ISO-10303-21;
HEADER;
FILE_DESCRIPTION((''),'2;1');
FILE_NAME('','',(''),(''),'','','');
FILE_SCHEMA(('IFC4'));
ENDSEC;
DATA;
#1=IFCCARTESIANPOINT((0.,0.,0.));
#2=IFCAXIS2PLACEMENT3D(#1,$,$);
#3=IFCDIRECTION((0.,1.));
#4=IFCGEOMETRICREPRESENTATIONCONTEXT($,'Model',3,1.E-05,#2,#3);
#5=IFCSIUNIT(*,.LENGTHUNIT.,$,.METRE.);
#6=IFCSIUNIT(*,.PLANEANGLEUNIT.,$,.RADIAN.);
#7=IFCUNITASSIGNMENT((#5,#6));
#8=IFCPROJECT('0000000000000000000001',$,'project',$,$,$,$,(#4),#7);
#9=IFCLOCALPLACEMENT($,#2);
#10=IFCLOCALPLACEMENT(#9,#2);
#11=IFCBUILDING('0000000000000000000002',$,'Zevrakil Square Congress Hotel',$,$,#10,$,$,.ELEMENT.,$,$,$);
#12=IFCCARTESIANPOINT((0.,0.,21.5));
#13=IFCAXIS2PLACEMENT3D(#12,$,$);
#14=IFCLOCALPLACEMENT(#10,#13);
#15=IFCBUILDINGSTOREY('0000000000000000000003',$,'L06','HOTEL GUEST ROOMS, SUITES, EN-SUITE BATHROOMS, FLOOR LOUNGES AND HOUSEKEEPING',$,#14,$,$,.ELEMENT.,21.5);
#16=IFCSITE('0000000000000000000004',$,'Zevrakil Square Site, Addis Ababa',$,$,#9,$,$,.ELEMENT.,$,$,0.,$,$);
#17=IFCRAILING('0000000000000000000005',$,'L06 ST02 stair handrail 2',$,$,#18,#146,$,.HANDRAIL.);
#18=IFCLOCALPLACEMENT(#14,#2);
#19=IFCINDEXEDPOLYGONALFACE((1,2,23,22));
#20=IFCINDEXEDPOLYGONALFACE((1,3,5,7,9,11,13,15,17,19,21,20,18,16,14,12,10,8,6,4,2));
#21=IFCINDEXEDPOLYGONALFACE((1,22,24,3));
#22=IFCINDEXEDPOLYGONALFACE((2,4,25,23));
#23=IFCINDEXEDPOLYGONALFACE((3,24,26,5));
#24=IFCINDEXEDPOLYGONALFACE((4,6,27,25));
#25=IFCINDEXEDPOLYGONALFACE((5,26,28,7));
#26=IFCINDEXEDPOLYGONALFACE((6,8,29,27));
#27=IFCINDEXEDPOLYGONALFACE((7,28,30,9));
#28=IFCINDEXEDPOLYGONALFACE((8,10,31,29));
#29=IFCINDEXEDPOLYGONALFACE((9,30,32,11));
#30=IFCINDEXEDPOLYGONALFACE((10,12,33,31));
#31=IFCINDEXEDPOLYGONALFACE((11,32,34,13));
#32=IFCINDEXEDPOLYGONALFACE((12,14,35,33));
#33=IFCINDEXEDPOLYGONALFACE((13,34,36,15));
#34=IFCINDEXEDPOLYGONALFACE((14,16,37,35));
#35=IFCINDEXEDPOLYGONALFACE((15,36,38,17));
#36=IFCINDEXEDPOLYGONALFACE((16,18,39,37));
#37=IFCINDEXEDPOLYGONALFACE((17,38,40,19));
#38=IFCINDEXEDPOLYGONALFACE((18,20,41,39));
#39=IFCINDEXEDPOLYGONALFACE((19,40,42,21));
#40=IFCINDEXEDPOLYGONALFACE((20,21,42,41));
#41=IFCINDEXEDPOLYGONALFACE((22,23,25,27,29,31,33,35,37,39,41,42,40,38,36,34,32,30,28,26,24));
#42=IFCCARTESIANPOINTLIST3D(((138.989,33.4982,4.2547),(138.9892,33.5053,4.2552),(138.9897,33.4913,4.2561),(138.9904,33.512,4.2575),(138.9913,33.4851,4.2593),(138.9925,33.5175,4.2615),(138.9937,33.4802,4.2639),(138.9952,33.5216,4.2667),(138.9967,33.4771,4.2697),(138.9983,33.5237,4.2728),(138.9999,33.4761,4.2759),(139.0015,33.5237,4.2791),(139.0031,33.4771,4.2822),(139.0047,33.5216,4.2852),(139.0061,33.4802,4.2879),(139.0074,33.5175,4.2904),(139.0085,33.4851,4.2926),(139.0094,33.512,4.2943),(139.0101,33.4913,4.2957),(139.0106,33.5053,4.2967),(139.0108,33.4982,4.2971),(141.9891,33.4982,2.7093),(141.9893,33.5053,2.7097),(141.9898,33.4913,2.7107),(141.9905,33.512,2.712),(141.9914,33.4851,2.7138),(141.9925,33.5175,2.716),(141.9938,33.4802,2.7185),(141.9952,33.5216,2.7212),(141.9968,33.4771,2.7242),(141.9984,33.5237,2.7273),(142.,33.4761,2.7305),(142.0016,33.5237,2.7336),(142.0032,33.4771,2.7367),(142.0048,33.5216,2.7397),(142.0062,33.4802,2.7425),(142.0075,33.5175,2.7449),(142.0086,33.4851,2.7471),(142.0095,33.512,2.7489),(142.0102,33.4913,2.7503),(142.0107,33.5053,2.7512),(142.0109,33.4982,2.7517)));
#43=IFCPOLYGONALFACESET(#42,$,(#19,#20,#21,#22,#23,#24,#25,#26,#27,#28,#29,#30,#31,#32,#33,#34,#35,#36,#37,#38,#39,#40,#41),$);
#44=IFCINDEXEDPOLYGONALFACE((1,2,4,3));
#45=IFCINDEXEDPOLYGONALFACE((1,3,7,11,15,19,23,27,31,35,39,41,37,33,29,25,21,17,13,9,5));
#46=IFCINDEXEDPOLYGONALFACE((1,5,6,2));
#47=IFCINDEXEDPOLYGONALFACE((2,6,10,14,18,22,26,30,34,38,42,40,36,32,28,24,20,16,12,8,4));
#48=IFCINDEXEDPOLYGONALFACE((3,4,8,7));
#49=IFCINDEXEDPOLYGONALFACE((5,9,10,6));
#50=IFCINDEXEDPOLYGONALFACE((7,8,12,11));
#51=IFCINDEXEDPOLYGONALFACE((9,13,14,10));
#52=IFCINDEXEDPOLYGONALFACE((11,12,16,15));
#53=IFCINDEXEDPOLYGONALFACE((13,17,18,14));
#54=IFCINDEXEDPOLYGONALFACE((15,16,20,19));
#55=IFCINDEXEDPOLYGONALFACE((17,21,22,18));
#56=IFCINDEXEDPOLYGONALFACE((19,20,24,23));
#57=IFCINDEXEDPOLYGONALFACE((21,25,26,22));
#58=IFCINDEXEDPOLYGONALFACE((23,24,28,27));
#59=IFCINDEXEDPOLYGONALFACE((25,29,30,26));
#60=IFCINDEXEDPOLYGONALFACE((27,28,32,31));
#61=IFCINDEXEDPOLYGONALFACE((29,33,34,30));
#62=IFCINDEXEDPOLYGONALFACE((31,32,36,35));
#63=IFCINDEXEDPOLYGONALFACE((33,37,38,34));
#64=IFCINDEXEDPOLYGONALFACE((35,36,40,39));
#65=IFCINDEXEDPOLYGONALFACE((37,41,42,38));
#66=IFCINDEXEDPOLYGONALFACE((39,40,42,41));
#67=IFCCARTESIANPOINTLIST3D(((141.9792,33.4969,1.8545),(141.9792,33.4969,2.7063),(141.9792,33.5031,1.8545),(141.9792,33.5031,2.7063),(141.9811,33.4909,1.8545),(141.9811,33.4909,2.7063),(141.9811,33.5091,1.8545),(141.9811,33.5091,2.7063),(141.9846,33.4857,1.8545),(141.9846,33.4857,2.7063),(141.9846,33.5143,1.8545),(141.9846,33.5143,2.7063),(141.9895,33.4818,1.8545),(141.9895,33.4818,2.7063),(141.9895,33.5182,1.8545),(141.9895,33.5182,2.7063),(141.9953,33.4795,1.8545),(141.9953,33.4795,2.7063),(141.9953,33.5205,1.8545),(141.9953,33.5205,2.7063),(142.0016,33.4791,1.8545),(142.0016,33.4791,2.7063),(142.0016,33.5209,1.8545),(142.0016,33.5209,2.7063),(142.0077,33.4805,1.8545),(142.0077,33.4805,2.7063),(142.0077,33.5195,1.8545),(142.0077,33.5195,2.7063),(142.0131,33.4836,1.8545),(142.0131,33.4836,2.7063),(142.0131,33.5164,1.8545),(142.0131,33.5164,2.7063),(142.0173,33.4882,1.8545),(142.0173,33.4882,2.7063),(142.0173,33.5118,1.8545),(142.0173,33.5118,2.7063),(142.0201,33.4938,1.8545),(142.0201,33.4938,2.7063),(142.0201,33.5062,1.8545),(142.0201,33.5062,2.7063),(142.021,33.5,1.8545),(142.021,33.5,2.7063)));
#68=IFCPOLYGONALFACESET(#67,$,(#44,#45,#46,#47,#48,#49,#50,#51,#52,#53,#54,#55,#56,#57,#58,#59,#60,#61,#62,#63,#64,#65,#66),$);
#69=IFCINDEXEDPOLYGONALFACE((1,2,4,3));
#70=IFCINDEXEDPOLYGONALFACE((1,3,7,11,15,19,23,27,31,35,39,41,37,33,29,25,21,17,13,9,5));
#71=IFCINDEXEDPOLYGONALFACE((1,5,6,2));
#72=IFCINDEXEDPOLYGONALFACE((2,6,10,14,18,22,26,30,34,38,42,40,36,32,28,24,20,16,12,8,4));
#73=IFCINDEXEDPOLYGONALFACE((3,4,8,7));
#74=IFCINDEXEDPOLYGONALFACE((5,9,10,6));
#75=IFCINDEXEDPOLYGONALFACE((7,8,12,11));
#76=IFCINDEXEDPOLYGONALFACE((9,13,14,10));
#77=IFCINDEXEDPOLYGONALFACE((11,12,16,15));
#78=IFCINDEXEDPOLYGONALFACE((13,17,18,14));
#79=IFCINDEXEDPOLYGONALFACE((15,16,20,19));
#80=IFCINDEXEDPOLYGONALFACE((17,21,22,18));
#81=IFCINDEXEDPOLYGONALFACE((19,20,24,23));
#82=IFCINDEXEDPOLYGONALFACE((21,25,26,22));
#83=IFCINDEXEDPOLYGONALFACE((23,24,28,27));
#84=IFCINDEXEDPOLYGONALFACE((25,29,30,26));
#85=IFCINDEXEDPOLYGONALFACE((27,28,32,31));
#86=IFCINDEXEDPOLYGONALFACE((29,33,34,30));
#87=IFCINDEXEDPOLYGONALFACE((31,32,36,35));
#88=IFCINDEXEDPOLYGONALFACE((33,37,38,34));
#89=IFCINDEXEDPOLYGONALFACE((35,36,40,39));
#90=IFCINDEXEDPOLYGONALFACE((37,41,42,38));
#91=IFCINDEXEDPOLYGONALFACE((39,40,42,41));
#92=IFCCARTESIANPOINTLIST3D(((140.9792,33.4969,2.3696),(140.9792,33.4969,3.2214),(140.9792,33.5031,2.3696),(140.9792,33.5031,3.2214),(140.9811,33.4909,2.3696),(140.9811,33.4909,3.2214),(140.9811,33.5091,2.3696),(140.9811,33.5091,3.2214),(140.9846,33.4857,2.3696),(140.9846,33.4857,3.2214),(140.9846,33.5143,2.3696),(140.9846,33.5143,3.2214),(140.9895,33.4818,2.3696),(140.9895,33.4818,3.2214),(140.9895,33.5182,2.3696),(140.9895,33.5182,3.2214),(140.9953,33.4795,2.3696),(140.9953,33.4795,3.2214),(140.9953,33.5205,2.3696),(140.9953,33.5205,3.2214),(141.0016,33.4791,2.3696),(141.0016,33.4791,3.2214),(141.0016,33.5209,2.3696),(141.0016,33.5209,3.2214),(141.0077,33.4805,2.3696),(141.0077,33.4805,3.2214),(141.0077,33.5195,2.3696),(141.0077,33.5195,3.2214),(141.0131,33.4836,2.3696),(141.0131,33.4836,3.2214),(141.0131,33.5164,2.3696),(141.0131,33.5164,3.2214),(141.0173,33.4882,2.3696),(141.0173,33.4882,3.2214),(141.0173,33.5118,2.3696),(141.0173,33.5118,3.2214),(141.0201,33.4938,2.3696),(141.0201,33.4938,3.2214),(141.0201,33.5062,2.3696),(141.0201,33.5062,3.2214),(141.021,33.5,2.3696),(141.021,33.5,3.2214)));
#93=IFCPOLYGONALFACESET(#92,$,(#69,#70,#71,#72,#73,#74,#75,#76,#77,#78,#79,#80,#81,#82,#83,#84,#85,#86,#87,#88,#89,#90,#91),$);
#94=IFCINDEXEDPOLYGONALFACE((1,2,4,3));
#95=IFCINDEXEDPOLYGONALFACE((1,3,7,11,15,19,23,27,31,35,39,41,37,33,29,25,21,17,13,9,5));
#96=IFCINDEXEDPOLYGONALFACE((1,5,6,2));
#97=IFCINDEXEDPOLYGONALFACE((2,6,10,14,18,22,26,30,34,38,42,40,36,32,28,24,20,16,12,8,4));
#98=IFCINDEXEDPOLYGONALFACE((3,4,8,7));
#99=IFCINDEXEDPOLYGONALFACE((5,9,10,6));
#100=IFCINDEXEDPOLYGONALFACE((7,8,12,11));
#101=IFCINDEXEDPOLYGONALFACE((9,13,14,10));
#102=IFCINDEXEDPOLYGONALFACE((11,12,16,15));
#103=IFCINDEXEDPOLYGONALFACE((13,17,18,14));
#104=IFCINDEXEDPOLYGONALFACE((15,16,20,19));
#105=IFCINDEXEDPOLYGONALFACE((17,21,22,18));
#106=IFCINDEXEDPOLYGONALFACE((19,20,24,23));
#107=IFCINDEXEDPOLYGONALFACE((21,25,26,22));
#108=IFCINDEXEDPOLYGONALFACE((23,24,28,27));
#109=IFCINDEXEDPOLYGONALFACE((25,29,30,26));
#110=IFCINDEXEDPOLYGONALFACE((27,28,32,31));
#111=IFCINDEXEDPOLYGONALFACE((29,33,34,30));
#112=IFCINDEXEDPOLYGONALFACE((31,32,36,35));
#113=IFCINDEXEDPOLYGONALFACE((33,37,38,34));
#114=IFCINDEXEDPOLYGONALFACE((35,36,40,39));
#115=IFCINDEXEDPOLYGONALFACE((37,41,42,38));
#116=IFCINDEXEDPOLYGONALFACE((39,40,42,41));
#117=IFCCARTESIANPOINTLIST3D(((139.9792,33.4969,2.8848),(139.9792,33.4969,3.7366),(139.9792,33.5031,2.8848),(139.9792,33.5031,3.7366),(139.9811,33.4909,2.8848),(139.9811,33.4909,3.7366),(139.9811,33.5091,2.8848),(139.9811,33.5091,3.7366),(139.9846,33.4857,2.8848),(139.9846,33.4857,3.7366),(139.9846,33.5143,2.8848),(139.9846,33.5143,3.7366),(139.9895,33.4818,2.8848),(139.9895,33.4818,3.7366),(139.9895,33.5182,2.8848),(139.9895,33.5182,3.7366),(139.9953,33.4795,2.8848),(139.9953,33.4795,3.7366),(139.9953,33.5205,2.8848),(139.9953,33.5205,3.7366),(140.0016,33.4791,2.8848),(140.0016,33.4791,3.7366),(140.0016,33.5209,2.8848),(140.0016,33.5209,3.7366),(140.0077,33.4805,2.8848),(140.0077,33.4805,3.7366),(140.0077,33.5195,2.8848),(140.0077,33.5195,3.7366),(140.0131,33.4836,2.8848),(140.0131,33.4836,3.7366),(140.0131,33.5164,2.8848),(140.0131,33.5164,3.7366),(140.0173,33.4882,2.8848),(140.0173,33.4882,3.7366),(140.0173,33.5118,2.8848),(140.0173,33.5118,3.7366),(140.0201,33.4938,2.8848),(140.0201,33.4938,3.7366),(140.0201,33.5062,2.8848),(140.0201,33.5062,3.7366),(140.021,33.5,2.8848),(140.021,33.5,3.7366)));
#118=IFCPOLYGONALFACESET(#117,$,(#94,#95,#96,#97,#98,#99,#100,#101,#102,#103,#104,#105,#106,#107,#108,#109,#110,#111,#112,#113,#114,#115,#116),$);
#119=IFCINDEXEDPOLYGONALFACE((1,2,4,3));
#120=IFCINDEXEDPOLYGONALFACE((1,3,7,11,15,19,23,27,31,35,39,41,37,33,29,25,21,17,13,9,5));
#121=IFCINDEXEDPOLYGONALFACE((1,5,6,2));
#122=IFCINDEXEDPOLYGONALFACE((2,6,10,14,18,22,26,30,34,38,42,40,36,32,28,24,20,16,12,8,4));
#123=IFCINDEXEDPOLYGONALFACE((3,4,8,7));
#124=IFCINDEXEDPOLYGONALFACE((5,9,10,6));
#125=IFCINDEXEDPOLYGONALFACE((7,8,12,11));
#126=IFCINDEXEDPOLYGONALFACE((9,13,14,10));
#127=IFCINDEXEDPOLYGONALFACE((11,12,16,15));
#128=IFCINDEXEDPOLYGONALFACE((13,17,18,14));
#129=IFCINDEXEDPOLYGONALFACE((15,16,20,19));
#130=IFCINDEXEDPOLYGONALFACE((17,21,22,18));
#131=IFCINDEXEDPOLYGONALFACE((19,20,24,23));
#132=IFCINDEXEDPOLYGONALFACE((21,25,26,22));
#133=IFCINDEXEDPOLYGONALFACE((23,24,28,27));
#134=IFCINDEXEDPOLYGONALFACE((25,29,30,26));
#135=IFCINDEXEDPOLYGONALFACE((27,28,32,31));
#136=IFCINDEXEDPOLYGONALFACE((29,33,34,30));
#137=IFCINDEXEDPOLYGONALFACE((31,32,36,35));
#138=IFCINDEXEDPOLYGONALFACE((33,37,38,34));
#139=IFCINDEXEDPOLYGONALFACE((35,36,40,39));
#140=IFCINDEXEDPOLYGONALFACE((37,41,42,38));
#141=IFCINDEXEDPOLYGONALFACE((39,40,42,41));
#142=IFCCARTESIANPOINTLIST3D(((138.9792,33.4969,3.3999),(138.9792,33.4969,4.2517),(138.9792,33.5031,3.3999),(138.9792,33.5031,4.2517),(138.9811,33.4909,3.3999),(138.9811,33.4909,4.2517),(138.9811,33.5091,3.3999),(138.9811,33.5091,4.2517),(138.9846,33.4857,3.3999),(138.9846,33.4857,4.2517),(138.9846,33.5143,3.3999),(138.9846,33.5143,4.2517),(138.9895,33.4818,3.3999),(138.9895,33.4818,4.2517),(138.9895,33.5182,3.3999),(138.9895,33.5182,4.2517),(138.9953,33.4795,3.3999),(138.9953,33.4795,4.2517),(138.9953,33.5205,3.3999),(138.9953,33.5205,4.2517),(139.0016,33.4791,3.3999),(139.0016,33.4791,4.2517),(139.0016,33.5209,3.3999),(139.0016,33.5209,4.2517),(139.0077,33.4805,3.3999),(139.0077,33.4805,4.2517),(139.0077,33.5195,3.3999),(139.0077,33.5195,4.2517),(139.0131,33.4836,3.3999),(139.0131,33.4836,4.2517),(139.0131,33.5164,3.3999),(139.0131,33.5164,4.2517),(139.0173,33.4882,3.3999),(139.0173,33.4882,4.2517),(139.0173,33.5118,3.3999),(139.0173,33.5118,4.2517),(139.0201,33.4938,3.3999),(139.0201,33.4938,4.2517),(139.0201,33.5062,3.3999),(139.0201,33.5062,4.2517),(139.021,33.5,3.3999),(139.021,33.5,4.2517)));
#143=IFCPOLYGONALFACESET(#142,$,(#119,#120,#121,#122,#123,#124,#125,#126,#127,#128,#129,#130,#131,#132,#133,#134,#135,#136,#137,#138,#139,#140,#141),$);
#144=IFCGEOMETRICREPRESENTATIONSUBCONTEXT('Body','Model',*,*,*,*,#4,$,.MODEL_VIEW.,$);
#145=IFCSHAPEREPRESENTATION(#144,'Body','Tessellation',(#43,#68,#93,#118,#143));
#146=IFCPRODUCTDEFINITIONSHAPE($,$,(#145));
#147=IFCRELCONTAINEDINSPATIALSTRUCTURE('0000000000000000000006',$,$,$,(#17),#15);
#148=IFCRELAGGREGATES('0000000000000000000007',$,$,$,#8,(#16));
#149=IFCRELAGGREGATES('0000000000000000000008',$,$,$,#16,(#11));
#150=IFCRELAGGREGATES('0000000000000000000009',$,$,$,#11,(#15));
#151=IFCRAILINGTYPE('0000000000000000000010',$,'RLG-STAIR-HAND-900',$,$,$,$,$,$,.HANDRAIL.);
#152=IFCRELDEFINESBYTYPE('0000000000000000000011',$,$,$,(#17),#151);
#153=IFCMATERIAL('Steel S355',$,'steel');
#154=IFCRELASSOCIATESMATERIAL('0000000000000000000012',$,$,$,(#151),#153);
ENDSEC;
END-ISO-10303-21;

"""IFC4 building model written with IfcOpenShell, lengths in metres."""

from ifc_helpers import new_model, si_unit, direction, frame, origin, origin_2d, place, context, subcontext, project, spatial, circle, extrude, material, type_object, element, save


model = new_model("IFC4")

# Units and contexts
model_context = context("Model", 3, precision=1e-05, world=origin(), true_north=direction((0.0, 1.0)))
body_context = subcontext(model_context, "Body", "Model", "MODEL_VIEW")
ifc_project = project(units=[si_unit("LENGTHUNIT", "METRE"), si_unit("PLANEANGLEUNIT", "RADIAN")], contexts=[model_context])

# Site, building, storey
site_placement = place(None, origin())
site = spatial("IfcSite", under=ifc_project, at=site_placement, Name="Zevrakil Square Site, Addis Ababa", CompositionType="ELEMENT", RefElevation=0.0)
building_placement = place(site_placement, origin())
building = spatial("IfcBuilding", under=site, at=building_placement, Name="Zevrakil Square Congress Hotel", CompositionType="ELEMENT")
storey_placement = place(building_placement, frame((0.0, 0.0, 21.5)))
storey = spatial("IfcBuildingStorey", under=building, at=storey_placement, Name="L06", Description="HOTEL GUEST ROOMS, SUITES, EN-SUITE BATHROOMS, FLOOR LOUNGES AND HOUSEKEEPING", CompositionType="ELEMENT", Elevation=21.5)

# Railing
ifc_material_1 = material(Name="Steel S355", Category="steel")
railing_type_1 = type_object("IfcRailingType", Name="RLG-STAIR-HAND-900", PredefinedType="HANDRAIL", material=ifc_material_1)
railing_1_placement = place(storey_placement, frame((142.0, 33.5, 1.8545)))
element("IfcRailing", 1, at=railing_1_placement, inside=storey, type_object=railing_type_1, Name="L06 ST02 stair handrail 2", PredefinedType="HANDRAIL", context=body_context, shape_type="SweptSolid", body=[
    extrude(circle(Radius=0.0239, at=origin_2d()), frame((0.0, 0.0, 0.876), z_axis=(-0.88898, 0.0, 0.457946), x_axis=(0.0, -1.0, 0.0)), (0.0, 0.0, 1.0), 3.3748),
    extrude(circle(Radius=0.021, at=origin_2d()), origin(), (0.0, 0.0, 1.0), 0.8518),
    extrude(circle(Radius=0.021, at=origin_2d()), frame((-1.0, 0.0, 0.5151)), (0.0, 0.0, 1.0), 0.8518),
    extrude(circle(Radius=0.021, at=origin_2d()), frame((-2.0, 0.0, 1.0303)), (0.0, 0.0, 1.0), 0.8518),
    extrude(circle(Radius=0.021, at=origin_2d()), frame((-3.0, 0.0, 1.5454)), (0.0, 0.0, 1.0), 0.8518),
])

save(model, "model.ifc")
